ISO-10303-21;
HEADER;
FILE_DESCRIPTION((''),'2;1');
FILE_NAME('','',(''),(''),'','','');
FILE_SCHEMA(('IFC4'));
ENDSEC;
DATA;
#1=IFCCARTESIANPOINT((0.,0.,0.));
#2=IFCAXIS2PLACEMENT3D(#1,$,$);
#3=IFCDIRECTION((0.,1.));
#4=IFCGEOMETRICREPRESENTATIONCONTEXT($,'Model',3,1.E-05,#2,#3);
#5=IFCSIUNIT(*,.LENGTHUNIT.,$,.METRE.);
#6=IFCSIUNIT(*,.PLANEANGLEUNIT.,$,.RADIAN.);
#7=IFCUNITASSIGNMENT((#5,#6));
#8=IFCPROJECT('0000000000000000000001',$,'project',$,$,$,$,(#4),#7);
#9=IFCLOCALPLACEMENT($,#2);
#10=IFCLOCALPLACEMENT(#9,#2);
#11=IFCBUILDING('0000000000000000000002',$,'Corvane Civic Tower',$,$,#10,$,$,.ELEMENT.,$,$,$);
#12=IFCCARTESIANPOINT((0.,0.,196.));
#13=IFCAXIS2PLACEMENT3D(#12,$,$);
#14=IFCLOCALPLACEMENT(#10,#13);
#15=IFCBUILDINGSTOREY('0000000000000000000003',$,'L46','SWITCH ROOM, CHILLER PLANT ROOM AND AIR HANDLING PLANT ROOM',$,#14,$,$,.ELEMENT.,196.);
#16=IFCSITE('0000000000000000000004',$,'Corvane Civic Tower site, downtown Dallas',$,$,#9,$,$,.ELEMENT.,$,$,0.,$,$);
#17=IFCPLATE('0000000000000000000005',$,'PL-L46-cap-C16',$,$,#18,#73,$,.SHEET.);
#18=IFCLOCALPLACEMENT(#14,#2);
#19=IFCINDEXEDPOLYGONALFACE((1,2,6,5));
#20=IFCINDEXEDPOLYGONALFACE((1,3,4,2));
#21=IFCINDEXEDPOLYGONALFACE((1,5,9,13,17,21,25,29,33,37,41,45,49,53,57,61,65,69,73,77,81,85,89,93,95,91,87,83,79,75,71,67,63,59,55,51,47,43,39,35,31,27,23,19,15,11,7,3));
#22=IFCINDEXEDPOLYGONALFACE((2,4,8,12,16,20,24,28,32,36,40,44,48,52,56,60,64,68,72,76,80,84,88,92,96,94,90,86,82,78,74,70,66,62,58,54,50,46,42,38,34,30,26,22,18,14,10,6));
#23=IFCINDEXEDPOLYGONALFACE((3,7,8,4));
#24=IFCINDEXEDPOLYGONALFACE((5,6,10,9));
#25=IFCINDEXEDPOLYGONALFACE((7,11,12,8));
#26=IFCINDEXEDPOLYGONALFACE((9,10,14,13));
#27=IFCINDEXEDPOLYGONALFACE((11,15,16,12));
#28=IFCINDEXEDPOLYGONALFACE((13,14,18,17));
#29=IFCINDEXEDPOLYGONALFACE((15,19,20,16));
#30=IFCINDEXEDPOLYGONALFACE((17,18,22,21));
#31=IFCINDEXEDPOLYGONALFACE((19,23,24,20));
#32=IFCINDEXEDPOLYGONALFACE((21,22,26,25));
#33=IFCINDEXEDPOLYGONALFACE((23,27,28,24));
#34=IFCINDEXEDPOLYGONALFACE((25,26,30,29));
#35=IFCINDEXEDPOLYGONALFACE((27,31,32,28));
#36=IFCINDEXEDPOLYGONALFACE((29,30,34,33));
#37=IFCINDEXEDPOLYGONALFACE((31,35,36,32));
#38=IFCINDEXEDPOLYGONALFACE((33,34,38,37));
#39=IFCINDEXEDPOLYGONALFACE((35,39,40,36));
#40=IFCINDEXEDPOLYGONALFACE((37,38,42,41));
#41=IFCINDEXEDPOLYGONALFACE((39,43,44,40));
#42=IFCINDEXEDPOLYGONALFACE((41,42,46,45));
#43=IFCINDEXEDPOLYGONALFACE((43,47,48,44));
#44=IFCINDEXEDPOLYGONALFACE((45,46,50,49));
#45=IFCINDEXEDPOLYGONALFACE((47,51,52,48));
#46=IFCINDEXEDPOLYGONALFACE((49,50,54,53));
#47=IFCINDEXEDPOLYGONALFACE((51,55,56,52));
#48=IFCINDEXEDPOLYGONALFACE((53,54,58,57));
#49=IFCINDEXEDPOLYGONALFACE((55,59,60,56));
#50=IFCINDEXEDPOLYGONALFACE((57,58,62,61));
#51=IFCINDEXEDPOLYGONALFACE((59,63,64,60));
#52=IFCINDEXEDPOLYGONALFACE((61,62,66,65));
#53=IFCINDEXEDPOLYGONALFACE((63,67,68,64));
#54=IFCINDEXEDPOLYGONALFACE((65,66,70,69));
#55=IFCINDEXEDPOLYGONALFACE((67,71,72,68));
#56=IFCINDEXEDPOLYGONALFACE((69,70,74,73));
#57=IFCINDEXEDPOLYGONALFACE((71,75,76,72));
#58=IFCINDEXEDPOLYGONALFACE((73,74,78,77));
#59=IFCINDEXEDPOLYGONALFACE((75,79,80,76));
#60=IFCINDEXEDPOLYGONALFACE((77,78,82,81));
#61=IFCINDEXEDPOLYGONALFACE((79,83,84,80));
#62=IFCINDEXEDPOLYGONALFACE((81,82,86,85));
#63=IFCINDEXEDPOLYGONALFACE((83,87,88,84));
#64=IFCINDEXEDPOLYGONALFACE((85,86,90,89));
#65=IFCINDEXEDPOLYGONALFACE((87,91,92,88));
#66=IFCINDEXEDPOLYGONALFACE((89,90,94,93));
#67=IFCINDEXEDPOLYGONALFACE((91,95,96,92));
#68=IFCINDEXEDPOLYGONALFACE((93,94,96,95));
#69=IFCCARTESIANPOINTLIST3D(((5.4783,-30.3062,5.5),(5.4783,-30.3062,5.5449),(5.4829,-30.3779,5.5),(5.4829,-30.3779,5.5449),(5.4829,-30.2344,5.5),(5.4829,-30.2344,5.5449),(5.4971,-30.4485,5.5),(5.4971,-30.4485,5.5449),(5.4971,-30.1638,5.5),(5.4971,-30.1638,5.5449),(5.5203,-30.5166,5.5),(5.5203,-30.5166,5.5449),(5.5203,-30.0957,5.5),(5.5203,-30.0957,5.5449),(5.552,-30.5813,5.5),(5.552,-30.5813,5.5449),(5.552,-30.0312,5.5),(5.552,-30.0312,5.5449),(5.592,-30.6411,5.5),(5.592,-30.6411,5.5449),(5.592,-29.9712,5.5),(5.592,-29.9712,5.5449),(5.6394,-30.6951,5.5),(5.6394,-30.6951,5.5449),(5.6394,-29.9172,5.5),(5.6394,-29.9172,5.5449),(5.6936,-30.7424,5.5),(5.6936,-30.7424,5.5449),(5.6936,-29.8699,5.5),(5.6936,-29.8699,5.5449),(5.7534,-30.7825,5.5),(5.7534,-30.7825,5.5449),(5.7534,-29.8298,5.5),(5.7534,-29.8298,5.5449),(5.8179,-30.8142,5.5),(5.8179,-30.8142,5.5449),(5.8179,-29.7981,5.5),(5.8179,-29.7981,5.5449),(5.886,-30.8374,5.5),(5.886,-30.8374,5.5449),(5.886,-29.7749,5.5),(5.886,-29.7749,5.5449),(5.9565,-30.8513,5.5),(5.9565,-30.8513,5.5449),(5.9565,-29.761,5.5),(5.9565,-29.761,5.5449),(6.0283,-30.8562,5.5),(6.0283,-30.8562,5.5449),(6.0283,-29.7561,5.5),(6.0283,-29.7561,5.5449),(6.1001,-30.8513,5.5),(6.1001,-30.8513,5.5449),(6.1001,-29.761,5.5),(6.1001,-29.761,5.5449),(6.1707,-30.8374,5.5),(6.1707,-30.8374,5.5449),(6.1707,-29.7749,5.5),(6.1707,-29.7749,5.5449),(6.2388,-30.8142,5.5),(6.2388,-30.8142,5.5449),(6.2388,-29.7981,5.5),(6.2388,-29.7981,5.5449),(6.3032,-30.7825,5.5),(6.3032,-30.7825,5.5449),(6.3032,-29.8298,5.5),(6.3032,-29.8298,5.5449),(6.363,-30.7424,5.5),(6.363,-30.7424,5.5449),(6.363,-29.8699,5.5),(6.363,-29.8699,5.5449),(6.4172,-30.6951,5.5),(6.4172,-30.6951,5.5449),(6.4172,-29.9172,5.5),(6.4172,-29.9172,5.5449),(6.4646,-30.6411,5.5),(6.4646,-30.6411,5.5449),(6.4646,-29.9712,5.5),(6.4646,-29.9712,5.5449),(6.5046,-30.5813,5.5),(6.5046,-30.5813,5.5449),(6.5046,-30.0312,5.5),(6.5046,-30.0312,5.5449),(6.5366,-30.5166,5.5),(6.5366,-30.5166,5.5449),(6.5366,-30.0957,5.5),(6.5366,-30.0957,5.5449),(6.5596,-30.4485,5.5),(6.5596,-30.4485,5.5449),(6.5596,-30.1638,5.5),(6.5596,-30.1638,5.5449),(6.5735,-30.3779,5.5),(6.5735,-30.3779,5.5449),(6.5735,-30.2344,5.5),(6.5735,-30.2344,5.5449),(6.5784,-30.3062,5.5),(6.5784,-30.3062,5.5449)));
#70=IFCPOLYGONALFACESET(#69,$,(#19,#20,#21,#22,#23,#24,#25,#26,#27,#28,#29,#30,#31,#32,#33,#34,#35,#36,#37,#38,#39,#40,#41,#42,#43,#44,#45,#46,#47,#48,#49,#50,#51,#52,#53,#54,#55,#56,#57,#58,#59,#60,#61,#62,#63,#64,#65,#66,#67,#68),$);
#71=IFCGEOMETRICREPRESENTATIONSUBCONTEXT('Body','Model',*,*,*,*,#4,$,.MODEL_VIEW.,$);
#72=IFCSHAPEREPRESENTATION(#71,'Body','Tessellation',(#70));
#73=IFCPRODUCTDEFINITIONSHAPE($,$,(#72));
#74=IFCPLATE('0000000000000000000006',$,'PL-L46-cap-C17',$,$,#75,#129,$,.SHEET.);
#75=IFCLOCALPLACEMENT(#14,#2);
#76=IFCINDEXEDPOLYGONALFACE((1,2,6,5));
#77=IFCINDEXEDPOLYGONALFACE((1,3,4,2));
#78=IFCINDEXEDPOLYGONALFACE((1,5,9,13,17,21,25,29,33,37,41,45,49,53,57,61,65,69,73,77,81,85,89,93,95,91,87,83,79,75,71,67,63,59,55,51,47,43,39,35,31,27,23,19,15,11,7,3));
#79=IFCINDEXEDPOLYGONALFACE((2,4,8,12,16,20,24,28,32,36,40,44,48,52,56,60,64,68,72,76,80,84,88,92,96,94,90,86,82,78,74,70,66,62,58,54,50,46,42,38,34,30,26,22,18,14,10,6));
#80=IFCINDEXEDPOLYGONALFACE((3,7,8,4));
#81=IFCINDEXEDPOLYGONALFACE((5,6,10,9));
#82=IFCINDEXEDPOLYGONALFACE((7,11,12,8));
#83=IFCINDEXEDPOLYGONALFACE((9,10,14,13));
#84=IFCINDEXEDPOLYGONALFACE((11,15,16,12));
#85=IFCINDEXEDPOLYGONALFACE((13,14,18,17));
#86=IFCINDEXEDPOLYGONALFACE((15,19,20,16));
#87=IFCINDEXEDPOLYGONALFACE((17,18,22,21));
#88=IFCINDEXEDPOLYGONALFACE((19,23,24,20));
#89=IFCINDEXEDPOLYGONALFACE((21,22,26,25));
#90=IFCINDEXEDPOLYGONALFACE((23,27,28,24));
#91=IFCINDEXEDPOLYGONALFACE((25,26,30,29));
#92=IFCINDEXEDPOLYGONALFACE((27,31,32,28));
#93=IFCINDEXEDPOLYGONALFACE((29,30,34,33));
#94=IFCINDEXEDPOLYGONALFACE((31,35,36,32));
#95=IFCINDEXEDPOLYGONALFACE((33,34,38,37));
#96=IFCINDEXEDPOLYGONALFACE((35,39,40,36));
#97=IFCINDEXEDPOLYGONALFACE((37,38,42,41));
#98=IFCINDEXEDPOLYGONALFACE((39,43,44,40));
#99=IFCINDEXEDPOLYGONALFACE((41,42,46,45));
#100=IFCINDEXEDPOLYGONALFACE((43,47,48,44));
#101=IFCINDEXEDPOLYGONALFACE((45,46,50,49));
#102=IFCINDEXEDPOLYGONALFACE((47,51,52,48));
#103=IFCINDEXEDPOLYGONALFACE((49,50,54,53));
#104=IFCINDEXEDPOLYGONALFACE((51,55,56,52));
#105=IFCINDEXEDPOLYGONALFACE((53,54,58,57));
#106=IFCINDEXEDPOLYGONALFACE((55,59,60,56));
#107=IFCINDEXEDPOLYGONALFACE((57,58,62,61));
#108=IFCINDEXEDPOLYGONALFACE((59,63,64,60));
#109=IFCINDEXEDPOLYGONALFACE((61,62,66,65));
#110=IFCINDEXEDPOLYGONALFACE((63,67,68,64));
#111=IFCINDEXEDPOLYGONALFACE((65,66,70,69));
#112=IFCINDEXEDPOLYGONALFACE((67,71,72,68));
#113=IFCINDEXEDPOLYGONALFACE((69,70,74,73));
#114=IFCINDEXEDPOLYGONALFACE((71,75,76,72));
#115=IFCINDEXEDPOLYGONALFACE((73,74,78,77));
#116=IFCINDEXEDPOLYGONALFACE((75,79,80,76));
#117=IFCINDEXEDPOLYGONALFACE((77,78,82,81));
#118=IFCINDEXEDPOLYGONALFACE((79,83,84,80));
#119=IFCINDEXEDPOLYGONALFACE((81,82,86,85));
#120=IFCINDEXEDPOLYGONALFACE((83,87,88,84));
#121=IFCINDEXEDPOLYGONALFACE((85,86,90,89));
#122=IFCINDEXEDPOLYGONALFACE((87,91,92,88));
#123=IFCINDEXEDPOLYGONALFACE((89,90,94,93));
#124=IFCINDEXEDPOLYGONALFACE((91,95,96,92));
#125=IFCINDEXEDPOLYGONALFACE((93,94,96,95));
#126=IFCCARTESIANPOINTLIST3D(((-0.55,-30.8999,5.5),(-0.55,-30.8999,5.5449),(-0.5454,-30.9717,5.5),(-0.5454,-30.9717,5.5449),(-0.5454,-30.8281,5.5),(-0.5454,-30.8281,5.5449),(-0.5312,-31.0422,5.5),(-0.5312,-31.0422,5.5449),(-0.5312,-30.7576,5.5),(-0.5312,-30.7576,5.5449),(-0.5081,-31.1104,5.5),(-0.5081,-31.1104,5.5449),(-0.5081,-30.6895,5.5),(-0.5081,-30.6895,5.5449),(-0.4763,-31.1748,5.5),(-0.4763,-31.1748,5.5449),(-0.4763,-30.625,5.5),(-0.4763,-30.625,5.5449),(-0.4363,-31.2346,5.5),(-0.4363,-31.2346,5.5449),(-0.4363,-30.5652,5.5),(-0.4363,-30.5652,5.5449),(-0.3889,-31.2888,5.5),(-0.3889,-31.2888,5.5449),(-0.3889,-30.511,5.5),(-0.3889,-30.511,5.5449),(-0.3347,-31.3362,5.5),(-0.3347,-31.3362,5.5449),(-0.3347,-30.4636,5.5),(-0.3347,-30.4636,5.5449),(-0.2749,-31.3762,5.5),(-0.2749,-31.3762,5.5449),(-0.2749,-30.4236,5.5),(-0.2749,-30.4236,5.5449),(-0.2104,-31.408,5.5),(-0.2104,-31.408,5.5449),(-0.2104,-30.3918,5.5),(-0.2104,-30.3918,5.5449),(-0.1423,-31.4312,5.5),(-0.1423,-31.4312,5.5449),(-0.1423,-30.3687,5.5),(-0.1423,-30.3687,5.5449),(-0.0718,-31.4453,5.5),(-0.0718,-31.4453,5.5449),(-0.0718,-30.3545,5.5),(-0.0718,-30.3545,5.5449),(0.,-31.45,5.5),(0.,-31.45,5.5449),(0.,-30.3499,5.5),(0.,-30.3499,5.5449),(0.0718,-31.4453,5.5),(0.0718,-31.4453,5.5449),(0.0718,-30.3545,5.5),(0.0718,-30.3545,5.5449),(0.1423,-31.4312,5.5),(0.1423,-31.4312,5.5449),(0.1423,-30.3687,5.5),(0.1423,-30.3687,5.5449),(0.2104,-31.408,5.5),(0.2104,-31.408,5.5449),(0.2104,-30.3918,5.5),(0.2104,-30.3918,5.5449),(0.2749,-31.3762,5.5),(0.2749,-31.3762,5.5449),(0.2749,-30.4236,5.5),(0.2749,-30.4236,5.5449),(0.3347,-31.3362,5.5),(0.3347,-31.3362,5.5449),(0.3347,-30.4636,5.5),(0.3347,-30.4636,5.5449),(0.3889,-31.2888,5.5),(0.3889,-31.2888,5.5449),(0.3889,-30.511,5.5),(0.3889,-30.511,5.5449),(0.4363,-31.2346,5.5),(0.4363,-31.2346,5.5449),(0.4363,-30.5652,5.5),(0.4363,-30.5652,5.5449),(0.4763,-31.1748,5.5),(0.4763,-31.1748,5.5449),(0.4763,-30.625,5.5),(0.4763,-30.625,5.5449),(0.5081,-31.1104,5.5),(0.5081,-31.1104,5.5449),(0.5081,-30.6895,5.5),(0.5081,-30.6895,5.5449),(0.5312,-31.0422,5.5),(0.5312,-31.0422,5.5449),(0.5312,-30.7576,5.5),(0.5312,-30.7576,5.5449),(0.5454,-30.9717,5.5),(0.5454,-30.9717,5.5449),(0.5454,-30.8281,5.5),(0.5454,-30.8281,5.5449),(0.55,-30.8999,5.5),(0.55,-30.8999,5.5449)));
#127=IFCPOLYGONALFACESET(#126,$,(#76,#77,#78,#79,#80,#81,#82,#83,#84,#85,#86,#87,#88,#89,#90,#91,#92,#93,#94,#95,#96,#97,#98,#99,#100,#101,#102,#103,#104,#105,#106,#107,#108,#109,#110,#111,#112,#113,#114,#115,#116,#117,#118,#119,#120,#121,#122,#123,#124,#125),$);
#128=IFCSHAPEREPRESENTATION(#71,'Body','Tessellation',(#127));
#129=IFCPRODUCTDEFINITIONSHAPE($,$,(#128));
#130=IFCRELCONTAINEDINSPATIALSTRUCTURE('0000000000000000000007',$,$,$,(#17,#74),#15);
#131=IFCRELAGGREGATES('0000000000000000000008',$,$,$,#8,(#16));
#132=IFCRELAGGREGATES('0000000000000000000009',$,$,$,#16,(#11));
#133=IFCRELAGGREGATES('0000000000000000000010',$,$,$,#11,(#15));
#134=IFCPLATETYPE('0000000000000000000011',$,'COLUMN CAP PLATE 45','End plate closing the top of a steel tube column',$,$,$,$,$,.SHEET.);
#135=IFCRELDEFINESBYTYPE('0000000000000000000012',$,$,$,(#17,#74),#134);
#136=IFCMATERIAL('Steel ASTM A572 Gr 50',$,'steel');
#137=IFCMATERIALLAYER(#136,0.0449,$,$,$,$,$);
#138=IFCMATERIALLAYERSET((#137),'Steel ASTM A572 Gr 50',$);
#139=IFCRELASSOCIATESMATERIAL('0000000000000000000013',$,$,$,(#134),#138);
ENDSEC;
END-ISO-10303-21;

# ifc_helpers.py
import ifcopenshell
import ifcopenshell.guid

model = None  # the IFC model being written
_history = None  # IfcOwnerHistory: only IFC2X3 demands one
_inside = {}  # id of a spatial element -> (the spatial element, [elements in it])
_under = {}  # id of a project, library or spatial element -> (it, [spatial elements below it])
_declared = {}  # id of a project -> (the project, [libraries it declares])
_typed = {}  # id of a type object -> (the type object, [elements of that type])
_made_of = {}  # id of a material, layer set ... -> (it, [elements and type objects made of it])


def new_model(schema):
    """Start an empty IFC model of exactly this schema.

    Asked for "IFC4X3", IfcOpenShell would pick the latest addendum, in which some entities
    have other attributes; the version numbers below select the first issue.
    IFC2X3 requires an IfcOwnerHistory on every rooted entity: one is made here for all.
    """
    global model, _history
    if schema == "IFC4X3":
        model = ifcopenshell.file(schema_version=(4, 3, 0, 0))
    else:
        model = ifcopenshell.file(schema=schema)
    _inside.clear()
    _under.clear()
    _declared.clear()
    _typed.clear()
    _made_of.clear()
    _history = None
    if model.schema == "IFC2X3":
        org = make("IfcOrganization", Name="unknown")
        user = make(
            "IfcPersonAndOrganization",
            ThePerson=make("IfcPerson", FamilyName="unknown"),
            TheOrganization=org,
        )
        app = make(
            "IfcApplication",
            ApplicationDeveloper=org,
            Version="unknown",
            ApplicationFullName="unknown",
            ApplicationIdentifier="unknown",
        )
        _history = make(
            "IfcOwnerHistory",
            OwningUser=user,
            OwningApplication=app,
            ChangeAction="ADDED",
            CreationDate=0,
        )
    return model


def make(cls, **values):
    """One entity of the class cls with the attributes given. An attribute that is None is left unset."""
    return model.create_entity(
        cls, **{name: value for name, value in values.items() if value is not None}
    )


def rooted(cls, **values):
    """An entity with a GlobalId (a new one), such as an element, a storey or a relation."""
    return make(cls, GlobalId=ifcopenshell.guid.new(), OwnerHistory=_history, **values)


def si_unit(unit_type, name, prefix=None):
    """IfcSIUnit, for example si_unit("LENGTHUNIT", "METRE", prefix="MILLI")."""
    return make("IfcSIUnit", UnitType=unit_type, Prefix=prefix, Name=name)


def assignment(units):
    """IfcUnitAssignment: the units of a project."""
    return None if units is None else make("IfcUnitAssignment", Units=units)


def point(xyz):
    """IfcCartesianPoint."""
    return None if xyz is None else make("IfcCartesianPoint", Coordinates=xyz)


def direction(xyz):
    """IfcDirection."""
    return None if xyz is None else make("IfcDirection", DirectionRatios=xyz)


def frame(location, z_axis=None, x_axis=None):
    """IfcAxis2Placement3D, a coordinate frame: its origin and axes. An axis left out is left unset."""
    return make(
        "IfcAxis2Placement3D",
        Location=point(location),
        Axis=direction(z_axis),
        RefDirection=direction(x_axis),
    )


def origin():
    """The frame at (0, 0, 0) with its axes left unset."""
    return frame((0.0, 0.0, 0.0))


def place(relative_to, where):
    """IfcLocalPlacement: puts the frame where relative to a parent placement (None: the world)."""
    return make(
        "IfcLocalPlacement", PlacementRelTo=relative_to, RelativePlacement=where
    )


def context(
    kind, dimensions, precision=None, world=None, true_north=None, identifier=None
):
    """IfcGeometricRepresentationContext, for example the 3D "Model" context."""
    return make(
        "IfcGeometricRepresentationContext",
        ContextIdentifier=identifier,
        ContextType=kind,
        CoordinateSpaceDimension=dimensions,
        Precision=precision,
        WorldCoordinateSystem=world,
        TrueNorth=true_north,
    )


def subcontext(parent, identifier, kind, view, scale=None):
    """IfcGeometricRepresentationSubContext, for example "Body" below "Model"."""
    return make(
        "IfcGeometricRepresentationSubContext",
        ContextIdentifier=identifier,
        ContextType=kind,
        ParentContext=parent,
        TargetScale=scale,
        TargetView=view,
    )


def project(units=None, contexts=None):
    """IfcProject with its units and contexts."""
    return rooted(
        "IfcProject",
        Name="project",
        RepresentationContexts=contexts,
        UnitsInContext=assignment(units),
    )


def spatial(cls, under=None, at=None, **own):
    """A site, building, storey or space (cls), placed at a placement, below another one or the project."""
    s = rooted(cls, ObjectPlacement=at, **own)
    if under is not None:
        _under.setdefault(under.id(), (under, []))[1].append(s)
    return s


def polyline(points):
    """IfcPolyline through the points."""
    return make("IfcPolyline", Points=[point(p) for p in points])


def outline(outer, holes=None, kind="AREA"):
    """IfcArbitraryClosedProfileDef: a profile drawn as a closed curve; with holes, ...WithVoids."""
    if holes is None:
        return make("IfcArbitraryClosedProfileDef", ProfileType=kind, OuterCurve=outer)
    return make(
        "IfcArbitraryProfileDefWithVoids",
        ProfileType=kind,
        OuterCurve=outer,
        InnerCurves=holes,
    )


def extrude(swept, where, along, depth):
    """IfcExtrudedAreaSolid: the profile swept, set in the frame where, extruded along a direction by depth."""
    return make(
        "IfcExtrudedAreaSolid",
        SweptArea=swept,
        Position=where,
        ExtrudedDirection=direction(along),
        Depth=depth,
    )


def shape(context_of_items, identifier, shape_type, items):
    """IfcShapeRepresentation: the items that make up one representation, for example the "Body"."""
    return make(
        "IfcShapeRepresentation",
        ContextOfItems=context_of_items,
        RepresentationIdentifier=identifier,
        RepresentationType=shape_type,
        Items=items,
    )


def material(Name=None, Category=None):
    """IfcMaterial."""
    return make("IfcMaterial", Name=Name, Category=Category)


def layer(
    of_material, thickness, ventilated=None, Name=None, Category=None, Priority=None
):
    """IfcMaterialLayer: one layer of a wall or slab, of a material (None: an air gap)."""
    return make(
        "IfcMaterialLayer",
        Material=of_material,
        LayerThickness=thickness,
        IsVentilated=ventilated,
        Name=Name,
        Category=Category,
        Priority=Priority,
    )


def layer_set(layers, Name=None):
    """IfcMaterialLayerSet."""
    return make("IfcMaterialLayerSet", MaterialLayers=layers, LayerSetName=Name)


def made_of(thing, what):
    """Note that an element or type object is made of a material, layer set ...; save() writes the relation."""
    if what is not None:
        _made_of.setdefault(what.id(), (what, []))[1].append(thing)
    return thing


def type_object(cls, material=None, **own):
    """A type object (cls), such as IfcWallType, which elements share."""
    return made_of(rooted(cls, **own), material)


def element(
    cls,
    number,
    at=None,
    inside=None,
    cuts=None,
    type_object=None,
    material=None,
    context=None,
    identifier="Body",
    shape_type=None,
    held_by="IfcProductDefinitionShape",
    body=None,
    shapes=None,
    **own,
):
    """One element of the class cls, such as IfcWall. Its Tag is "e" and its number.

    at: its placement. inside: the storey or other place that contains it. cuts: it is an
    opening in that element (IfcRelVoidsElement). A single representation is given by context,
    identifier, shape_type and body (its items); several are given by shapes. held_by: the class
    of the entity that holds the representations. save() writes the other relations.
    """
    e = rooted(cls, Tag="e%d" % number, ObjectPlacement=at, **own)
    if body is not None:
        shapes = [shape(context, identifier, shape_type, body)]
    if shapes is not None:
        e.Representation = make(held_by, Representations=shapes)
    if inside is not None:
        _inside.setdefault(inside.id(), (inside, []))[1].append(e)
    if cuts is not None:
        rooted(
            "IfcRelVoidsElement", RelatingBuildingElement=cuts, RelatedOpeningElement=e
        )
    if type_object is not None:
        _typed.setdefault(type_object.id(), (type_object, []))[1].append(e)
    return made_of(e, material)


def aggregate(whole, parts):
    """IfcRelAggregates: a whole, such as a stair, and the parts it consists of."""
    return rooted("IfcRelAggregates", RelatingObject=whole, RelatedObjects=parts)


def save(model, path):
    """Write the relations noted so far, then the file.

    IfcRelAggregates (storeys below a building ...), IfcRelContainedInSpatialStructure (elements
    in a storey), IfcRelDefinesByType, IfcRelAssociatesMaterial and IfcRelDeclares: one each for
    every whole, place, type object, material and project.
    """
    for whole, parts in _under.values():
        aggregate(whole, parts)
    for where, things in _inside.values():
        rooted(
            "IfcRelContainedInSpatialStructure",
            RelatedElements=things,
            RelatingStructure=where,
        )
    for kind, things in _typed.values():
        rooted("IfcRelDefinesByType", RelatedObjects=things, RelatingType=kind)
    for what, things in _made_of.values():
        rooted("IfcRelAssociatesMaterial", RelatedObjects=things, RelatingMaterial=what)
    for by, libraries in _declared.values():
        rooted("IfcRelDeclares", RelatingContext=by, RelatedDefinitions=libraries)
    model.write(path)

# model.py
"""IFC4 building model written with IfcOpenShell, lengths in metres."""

from ifc_helpers import new_model, si_unit, direction, frame, origin, place, context, subcontext, project, spatial, polyline, outline, extrude, material, layer, layer_set, type_object, element, save


model = new_model("IFC4")

# Units and contexts
model_context = context("Model", 3, precision=1e-05, world=origin(), true_north=direction((0.0, 1.0)))
body_context = subcontext(model_context, "Body", "Model", "MODEL_VIEW")
ifc_project = project(units=[si_unit("LENGTHUNIT", "METRE"), si_unit("PLANEANGLEUNIT", "RADIAN")], contexts=[model_context])

# Site, building, storey
site_placement = place(None, origin())
site = spatial("IfcSite", under=ifc_project, at=site_placement, Name="Corvane Civic Tower site, downtown Dallas", CompositionType="ELEMENT", RefElevation=0.0)
building_placement = place(site_placement, origin())
building = spatial("IfcBuilding", under=site, at=building_placement, Name="Corvane Civic Tower", CompositionType="ELEMENT")
storey_placement = place(building_placement, frame((0.0, 0.0, 196.0)))
storey = spatial("IfcBuildingStorey", under=building, at=storey_placement, Name="L46", Description="SWITCH ROOM, CHILLER PLANT ROOM AND AIR HANDLING PLANT ROOM", CompositionType="ELEMENT", Elevation=196.0)

# Plates
ifc_material_1 = material(Name="Steel ASTM A572 Gr 50", Category="steel")
ifc_layer_1 = layer(ifc_material_1, 0.0449)
ifc_layer_set_1 = layer_set([ifc_layer_1], Name="Steel ASTM A572 Gr 50")
plate_type = type_object("IfcPlateType", Name="COLUMN CAP PLATE 45", Description="End plate closing the top of a steel tube column", PredefinedType="SHEET", material=ifc_layer_set_1)
plate_1_placement = place(storey_placement, frame((0.0, 0.0, 5.5)))
element("IfcPlate", 1, at=plate_1_placement, inside=storey, type_object=plate_type, Name="PL-L46-cap-C16", PredefinedType="SHEET", context=body_context, shape_type="SweptSolid", body=[
    extrude(outline(polyline([(6.5784, -30.3062), (6.5735, -30.2344), (6.5596, -30.1638), (6.5366, -30.0957), (6.5046, -30.0312), (6.4646, -29.9712), (6.4172, -29.9172), (6.363, -29.8699), (6.3032, -29.8298), (6.2388, -29.7981), (6.1707, -29.7749), (6.1001, -29.761), (6.0283, -29.7561), (5.9565, -29.761), (5.886, -29.7749), (5.8179, -29.7981), (5.7534, -29.8298), (5.6936, -29.8699), (5.6394, -29.9172), (5.592, -29.9712), (5.552, -30.0312), (5.5203, -30.0957), (5.4971, -30.1638), (5.4829, -30.2344), (5.4783, -30.3062), (5.4829, -30.3779), (5.4971, -30.4485), (5.5203, -30.5166), (5.552, -30.5813), (5.592, -30.6411), (5.6394, -30.6951), (5.6936, -30.7424), (5.7534, -30.7825), (5.8179, -30.8142), (5.886, -30.8374), (5.9565, -30.8513), (6.0283, -30.8562), (6.1001, -30.8513), (6.1707, -30.8374), (6.2388, -30.8142), (6.3032, -30.7825), (6.363, -30.7424), (6.4172, -30.6951), (6.4646, -30.6411), (6.5046, -30.5813), (6.5366, -30.5166), (6.5596, -30.4485), (6.5735, -30.3779), (6.5784, -30.3062)])), origin(), (0.0, 0.0, 1.0), 0.0449),
])
plate_2_placement = place(storey_placement, frame((0.0, 0.0, 5.5)))
element("IfcPlate", 2, at=plate_2_placement, inside=storey, type_object=plate_type, Name="PL-L46-cap-C17", PredefinedType="SHEET", context=body_context, shape_type="SweptSolid", body=[
    extrude(outline(polyline([(0.55, -30.8999), (0.5454, -30.8281), (0.5312, -30.7576), (0.5081, -30.6895), (0.4763, -30.625), (0.4363, -30.5652), (0.3889, -30.511), (0.3347, -30.4636), (0.2749, -30.4236), (0.2104, -30.3918), (0.1423, -30.3687), (0.0718, -30.3545), (0.0, -30.3499), (-0.0718, -30.3545), (-0.1423, -30.3687), (-0.2104, -30.3918), (-0.2749, -30.4236), (-0.3347, -30.4636), (-0.3889, -30.511), (-0.4363, -30.5652), (-0.4763, -30.625), (-0.5081, -30.6895), (-0.5312, -30.7576), (-0.5454, -30.8281), (-0.55, -30.8999), (-0.5454, -30.9717), (-0.5312, -31.0422), (-0.5081, -31.1104), (-0.4763, -31.1748), (-0.4363, -31.2346), (-0.3889, -31.2888), (-0.3347, -31.3362), (-0.2749, -31.3762), (-0.2104, -31.408), (-0.1423, -31.4312), (-0.0718, -31.4453), (0.0, -31.45), (0.0718, -31.4453), (0.1423, -31.4312), (0.2104, -31.408), (0.2749, -31.3762), (0.3347, -31.3362), (0.3889, -31.2888), (0.4363, -31.2346), (0.4763, -31.1748), (0.5081, -31.1104), (0.5312, -31.0422), (0.5454, -30.9717), (0.55, -30.8999)])), origin(), (0.0, 0.0, 1.0), 0.0449),
])

save(model, "model.ifc")
